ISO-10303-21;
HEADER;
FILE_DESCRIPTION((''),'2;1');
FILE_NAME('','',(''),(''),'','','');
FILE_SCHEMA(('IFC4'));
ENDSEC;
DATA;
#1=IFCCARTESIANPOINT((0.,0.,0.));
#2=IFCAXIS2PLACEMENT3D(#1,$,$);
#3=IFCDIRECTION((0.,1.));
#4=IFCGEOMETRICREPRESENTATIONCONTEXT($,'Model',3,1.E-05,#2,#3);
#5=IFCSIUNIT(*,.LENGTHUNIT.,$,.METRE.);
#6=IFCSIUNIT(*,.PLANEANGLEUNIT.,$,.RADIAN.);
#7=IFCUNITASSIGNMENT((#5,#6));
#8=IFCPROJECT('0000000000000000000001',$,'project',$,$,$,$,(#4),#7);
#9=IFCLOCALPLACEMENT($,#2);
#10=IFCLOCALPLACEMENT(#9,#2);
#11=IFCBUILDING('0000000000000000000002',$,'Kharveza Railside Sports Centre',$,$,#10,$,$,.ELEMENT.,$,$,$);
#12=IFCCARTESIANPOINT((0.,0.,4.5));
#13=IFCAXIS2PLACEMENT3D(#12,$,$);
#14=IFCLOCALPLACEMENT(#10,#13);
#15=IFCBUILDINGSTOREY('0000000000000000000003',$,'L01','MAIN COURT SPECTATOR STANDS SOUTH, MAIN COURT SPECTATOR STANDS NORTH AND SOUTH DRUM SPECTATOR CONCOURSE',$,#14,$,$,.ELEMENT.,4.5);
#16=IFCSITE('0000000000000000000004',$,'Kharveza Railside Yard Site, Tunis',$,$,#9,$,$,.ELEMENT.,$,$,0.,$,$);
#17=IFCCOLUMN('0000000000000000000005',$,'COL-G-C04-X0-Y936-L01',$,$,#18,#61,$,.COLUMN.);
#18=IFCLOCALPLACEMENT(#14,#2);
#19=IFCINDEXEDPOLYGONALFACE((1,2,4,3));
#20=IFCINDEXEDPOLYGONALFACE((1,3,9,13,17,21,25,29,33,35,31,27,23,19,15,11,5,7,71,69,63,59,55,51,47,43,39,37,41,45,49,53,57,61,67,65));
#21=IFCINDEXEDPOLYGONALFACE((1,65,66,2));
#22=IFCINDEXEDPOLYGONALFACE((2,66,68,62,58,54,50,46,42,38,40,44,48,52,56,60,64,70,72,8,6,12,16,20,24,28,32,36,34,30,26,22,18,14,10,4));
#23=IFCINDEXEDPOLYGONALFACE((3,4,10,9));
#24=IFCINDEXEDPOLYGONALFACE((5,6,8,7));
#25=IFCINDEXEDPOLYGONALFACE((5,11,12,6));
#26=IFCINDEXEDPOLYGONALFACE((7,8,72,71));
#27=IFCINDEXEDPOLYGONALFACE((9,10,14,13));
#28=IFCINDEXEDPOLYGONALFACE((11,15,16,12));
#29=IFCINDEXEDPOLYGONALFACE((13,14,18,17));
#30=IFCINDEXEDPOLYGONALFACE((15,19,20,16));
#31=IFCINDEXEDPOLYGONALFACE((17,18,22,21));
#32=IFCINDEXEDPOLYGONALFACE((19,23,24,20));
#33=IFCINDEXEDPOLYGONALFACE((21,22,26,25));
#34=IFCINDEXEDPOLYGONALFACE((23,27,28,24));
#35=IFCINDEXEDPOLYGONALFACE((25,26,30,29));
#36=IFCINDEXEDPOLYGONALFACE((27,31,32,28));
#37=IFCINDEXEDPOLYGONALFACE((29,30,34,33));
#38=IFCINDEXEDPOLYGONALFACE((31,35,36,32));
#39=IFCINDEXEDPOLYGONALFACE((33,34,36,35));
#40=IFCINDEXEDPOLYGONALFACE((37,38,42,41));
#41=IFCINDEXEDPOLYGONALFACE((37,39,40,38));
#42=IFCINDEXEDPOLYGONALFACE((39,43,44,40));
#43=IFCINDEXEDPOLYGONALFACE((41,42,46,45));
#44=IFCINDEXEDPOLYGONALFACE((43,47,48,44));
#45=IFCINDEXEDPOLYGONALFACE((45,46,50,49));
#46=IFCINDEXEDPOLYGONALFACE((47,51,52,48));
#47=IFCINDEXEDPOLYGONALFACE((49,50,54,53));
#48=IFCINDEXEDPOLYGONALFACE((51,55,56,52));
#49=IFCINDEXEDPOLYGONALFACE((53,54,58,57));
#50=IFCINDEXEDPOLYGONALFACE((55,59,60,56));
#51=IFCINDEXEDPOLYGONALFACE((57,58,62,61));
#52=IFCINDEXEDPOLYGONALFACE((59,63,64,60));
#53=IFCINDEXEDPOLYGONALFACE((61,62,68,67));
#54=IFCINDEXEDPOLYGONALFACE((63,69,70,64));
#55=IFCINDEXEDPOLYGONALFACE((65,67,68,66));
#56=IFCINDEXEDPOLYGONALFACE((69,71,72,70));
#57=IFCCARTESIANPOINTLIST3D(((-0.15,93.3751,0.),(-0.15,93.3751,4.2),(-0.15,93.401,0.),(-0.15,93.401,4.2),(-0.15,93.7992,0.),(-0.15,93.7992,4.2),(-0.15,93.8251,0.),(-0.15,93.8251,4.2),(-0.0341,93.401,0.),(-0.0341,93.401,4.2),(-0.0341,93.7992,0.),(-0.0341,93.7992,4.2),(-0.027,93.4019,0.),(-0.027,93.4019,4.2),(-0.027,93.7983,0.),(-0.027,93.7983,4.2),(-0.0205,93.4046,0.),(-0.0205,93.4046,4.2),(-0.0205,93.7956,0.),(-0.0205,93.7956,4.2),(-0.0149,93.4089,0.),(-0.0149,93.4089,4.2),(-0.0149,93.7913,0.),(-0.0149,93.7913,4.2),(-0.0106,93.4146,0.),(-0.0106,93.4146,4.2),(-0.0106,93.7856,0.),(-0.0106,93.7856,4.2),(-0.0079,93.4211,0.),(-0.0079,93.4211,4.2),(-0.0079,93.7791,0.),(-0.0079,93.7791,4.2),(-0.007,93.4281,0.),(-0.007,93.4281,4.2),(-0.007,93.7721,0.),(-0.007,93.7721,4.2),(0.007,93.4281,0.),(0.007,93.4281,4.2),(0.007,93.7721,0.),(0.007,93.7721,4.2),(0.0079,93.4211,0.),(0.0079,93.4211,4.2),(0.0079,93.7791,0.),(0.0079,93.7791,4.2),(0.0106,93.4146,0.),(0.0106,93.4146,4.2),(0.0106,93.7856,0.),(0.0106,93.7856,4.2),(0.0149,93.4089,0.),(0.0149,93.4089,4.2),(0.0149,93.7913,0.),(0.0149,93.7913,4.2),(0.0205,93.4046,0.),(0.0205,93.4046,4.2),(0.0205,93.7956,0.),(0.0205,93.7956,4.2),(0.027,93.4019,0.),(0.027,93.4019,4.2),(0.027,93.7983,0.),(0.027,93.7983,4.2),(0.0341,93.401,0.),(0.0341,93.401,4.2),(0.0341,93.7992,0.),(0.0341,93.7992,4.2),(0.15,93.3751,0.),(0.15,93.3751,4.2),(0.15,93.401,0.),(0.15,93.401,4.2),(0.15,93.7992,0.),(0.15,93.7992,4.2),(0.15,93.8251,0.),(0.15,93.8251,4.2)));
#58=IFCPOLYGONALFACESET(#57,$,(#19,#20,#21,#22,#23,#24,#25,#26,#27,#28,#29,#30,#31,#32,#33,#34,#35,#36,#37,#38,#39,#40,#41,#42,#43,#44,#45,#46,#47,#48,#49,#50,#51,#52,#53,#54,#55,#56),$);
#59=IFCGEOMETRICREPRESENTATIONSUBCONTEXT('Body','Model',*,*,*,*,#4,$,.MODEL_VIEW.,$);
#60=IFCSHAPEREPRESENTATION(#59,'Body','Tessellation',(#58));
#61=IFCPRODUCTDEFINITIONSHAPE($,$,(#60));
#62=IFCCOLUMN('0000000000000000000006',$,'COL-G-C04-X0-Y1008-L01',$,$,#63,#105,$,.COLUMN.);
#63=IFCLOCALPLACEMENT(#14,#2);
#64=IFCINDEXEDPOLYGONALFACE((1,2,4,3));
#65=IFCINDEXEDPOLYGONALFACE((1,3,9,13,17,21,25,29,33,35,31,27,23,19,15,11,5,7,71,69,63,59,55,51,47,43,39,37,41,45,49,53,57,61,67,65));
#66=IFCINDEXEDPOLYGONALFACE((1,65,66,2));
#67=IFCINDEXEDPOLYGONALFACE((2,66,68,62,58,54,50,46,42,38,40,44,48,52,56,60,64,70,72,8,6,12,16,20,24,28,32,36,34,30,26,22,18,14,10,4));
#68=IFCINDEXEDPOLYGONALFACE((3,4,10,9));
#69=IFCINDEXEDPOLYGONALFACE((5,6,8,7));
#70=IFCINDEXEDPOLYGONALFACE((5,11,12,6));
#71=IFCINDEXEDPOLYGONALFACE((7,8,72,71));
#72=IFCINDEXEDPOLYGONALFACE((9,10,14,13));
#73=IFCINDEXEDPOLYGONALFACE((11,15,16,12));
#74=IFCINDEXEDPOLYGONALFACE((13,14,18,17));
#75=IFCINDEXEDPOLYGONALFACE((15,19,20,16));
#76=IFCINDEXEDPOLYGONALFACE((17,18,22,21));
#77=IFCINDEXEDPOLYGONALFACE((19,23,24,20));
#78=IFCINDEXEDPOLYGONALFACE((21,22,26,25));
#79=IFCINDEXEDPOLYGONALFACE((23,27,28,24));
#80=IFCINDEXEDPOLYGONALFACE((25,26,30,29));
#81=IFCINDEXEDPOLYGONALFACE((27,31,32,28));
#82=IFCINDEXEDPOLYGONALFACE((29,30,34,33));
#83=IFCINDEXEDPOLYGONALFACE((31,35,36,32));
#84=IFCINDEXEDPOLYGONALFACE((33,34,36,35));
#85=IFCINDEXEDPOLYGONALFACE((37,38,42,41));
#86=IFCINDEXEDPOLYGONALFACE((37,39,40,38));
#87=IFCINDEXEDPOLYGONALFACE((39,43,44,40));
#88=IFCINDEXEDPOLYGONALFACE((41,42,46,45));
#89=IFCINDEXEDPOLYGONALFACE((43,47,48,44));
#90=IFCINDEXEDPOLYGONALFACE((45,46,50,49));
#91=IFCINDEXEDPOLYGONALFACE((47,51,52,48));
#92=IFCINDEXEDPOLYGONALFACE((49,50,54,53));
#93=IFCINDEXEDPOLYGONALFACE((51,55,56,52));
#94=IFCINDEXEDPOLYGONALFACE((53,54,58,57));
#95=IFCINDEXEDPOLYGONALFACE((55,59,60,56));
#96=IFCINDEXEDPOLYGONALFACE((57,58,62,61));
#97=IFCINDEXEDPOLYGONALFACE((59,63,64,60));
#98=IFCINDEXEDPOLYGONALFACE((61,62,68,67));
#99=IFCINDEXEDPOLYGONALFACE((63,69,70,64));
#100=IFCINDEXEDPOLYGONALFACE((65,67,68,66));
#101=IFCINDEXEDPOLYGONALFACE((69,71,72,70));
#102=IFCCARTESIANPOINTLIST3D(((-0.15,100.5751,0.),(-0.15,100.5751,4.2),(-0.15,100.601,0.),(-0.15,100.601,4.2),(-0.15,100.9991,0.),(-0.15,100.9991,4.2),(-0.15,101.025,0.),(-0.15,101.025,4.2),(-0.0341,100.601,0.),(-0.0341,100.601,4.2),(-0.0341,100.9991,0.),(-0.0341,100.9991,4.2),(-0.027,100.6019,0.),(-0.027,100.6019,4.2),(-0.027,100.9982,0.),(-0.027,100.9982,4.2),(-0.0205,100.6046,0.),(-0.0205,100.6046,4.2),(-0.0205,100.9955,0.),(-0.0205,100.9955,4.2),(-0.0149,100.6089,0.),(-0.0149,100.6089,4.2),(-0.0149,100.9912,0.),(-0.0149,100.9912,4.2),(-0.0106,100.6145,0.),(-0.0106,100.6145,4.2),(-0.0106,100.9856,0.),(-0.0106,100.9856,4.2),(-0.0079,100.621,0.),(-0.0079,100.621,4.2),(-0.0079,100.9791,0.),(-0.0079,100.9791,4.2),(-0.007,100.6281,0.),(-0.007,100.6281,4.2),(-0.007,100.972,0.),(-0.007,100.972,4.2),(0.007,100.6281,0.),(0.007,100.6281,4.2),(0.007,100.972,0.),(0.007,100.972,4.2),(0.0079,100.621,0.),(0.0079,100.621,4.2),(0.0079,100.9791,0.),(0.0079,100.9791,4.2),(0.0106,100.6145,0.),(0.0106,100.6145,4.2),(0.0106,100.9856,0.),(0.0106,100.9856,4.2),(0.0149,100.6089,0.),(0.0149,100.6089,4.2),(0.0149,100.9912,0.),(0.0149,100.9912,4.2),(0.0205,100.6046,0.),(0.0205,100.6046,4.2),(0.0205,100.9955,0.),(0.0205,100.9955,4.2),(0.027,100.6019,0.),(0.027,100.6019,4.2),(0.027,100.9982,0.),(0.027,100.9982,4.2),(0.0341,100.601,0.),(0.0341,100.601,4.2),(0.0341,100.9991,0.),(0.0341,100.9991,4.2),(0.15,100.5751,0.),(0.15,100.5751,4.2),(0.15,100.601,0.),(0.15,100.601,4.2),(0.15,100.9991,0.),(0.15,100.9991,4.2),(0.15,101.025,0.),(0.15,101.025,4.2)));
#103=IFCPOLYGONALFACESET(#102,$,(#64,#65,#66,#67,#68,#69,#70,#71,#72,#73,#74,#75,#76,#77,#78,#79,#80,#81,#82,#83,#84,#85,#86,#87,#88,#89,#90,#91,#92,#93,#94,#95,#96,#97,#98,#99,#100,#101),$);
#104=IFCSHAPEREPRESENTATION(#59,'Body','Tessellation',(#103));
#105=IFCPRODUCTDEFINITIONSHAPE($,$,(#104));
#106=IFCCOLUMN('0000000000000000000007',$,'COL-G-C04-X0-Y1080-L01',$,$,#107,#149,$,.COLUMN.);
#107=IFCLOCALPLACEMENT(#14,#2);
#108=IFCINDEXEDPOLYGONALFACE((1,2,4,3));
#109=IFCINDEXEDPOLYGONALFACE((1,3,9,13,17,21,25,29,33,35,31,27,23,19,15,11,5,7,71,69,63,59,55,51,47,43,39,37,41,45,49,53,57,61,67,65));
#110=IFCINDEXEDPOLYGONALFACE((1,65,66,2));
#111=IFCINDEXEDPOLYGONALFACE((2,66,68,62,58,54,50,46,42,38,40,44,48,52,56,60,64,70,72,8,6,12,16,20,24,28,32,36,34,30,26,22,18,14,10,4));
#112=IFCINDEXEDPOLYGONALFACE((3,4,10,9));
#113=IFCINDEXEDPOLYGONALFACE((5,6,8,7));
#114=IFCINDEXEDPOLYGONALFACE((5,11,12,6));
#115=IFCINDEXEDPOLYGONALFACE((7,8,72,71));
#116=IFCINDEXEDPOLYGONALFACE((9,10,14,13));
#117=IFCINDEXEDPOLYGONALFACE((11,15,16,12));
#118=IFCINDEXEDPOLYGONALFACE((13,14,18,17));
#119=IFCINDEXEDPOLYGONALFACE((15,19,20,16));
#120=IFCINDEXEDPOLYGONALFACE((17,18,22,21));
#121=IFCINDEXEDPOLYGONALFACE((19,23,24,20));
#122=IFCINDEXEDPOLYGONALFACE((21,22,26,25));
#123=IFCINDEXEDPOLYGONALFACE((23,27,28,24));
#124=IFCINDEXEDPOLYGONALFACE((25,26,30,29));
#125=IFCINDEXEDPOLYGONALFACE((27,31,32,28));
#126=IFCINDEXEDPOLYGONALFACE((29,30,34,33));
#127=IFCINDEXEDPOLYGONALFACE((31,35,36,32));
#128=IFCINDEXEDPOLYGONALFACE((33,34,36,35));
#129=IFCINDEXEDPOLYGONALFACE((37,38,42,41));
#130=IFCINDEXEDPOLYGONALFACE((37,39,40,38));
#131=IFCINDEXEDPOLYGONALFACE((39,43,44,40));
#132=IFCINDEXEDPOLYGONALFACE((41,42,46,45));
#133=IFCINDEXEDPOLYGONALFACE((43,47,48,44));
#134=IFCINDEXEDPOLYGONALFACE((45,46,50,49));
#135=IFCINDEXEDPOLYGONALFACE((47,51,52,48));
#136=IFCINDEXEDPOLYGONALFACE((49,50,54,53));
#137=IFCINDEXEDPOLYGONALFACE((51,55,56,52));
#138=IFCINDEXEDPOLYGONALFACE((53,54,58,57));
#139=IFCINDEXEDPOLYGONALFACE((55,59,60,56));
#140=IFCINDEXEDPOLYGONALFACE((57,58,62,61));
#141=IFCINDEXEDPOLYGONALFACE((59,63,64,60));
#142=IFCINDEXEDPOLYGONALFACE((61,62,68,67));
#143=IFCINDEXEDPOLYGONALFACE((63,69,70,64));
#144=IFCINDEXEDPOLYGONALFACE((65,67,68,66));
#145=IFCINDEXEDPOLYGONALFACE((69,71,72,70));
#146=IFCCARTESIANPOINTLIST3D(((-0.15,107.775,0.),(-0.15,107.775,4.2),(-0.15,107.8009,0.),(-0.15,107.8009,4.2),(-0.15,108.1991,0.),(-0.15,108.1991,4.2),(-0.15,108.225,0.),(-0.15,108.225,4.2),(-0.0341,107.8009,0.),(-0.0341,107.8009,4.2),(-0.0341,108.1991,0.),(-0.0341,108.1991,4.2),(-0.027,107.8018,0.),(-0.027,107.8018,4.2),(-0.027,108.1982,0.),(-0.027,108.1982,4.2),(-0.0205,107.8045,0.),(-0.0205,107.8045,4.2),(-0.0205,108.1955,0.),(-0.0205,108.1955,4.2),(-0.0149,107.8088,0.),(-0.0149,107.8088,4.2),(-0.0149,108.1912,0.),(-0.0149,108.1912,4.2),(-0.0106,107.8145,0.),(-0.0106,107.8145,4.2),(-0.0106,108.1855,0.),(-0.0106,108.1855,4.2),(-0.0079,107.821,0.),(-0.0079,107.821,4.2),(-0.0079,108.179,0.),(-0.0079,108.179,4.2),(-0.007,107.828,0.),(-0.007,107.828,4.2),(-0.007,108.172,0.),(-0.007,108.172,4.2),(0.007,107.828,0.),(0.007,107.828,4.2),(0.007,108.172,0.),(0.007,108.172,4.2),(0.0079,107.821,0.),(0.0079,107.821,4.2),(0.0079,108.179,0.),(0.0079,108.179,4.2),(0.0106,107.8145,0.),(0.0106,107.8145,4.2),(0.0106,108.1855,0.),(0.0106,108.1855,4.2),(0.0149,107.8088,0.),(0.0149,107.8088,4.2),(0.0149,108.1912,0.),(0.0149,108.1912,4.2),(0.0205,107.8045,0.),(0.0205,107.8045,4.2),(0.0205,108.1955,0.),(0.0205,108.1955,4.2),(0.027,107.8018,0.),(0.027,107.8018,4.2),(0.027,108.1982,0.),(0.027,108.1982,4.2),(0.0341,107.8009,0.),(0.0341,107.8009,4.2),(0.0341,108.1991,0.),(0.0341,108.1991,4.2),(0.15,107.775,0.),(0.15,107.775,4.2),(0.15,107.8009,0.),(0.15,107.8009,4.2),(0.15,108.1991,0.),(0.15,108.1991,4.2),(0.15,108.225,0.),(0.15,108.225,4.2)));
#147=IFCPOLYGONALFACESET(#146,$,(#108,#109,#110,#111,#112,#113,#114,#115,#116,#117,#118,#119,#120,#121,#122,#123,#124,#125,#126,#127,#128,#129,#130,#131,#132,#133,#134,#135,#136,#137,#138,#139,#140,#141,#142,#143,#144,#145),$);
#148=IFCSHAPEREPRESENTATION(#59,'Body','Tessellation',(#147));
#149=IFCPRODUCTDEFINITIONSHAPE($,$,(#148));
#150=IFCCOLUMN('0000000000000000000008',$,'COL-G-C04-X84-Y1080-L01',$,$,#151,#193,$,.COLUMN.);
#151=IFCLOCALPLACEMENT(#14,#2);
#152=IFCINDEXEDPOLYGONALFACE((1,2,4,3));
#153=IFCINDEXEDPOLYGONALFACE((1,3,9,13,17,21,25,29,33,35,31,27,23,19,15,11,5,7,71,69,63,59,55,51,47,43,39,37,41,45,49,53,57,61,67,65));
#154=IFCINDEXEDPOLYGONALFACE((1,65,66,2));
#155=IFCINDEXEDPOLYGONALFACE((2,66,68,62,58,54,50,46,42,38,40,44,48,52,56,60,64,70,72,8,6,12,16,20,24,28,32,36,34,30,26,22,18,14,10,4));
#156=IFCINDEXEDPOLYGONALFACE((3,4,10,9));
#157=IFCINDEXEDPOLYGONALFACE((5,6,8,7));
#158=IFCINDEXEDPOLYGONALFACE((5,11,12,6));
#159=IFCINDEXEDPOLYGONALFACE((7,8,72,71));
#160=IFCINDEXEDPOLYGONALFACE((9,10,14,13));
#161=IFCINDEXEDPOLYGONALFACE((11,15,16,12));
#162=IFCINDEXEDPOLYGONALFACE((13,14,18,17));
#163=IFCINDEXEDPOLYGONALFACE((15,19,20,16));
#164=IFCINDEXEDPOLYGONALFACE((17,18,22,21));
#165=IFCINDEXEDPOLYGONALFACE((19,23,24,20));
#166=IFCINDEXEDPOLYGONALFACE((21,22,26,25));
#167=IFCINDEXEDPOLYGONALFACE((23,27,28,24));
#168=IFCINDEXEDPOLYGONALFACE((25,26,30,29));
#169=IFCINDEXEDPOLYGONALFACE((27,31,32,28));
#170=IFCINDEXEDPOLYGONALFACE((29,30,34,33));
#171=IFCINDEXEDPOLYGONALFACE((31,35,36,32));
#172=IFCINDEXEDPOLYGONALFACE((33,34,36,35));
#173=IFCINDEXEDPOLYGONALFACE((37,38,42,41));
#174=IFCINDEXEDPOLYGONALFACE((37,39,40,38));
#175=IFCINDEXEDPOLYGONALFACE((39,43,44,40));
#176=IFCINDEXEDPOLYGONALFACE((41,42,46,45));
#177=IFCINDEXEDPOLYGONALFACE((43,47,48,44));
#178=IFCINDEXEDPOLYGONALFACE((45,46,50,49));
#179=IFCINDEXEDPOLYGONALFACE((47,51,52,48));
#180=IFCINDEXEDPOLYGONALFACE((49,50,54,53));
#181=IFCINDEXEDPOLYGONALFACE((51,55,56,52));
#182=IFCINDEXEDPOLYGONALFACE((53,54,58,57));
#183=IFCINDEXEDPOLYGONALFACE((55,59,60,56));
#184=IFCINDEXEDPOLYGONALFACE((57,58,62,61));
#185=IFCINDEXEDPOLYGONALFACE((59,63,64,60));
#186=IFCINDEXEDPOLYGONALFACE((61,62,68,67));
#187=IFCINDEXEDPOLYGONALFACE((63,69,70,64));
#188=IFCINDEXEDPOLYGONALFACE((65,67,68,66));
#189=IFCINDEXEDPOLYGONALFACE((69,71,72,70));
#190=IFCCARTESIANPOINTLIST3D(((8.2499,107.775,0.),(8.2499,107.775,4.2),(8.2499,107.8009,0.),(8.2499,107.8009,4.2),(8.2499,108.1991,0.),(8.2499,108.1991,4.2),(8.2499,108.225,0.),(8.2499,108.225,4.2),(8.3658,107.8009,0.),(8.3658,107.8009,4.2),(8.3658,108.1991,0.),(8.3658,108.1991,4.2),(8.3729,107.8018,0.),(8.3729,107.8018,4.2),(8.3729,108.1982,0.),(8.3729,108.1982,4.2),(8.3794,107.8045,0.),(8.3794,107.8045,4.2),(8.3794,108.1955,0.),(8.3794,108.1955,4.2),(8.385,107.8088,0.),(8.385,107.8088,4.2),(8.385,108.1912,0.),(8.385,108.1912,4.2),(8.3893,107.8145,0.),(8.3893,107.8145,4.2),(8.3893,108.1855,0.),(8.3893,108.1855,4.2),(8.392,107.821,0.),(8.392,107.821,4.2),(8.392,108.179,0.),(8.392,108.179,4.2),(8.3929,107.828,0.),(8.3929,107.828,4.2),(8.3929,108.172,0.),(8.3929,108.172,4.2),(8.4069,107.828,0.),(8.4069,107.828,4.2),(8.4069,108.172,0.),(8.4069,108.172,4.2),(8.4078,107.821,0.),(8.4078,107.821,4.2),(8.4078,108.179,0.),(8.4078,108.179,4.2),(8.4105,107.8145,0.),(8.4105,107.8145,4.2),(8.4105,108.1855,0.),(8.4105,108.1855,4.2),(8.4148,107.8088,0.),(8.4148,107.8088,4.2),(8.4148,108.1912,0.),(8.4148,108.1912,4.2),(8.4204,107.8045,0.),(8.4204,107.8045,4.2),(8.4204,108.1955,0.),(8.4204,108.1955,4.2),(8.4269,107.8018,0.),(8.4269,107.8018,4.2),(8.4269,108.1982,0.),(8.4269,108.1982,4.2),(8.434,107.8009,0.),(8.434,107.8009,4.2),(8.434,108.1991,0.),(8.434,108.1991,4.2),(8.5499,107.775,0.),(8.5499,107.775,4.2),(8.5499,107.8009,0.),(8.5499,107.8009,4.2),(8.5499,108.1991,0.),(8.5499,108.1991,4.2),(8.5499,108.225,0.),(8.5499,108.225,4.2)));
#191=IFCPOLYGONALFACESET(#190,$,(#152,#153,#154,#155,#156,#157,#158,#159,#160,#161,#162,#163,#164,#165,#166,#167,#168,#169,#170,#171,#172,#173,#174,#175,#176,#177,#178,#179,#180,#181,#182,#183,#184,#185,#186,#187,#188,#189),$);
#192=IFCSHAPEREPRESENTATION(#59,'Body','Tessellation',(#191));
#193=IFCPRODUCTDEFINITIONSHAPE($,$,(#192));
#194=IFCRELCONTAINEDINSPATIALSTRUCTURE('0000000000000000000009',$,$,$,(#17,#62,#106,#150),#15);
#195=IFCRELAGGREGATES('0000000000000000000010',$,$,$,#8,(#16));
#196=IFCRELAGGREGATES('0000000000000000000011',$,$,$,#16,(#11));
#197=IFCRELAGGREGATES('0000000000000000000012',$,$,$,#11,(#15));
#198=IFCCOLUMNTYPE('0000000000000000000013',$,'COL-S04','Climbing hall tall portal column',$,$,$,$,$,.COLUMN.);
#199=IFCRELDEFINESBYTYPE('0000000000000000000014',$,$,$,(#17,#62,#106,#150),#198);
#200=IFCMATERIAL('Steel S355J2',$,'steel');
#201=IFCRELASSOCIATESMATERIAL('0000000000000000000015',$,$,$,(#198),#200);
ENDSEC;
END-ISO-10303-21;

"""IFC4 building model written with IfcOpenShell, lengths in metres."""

from ifc_helpers import new_model, si_unit, direction, frame, origin, origin_2d, place, context, subcontext, project, spatial, i_section, extrude, material, material_profile, profile_set, type_object, element, save


model = new_model("IFC4")

# Units and contexts
model_context = context("Model", 3, precision=1e-05, world=origin(), true_north=direction((0.0, 1.0)))
body_context = subcontext(model_context, "Body", "Model", "MODEL_VIEW")
ifc_project = project(units=[si_unit("LENGTHUNIT", "METRE"), si_unit("PLANEANGLEUNIT", "RADIAN")], contexts=[model_context])

# Site, building, storey
site_placement = place(None, origin())
site = spatial("IfcSite", under=ifc_project, at=site_placement, Name="Kharveza Railside Yard Site, Tunis", CompositionType="ELEMENT", RefElevation=0.0)
building_placement = place(site_placement, origin())
building = spatial("IfcBuilding", under=site, at=building_placement, Name="Kharveza Railside Sports Centre", CompositionType="ELEMENT")
storey_placement = place(building_placement, frame((0.0, 0.0, 4.5)))
storey = spatial("IfcBuildingStorey", under=building, at=storey_placement, Name="L01", Description="MAIN COURT SPECTATOR STANDS SOUTH, MAIN COURT SPECTATOR STANDS NORTH AND SOUTH DRUM SPECTATOR CONCOURSE", CompositionType="ELEMENT", Elevation=4.5)

# Columns
ifc_material_1 = material(Name="Steel S355J2", Category="steel")
ifc_material_profile_1 = material_profile(ifc_material_1, i_section(OverallWidth=0.3, OverallDepth=0.45, WebThickness=0.0139, FlangeThickness=0.0259, FilletRadius=0.0271, at=origin_2d()), Name="HEB 450")
ifc_profile_set_1 = profile_set([ifc_material_profile_1], Name="Steel S355J2")
column_type = type_object("IfcColumnType", Name="COL-S04", Description="Climbing hall tall portal column", PredefinedType="COLUMN", material=ifc_profile_set_1)
for number, where, z_axis, x_axis, name in (
    (1, (0.0, 93.6001, 0.0), (0.0, 0.0, 1.0), (1.0, 0.0, 0.0), "COL-G-C04-X0-Y936-L01"),
    (2, (0.0, 100.8, 0.0), (0.0, 0.0, 1.0), (1.0, 0.0, 0.0), "COL-G-C04-X0-Y1008-L01"),
    (3, (0.0, 108.0, 0.0), (0.0, 0.0, 1.0), (1.0, 0.0, 0.0), "COL-G-C04-X0-Y1080-L01"),
    (4, (8.3999, 108.0, 0.0), (0.0, 0.0, 1.0), (1.0, 0.0, 0.0), "COL-G-C04-X84-Y1080-L01"),
):
    element("IfcColumn", number, at=place(storey_placement, frame(where, z_axis=z_axis, x_axis=x_axis)), inside=storey, type_object=column_type, Name=name, PredefinedType="COLUMN", context=body_context, shape_type="SweptSolid", body=[
        extrude(i_section(OverallWidth=0.3, OverallDepth=0.45, WebThickness=0.0139, FlangeThickness=0.0259, FilletRadius=0.0271, at=origin_2d()), origin(), (0.0, 0.0, 1.0), 4.2),
    ])

save(model, "model.ifc")
